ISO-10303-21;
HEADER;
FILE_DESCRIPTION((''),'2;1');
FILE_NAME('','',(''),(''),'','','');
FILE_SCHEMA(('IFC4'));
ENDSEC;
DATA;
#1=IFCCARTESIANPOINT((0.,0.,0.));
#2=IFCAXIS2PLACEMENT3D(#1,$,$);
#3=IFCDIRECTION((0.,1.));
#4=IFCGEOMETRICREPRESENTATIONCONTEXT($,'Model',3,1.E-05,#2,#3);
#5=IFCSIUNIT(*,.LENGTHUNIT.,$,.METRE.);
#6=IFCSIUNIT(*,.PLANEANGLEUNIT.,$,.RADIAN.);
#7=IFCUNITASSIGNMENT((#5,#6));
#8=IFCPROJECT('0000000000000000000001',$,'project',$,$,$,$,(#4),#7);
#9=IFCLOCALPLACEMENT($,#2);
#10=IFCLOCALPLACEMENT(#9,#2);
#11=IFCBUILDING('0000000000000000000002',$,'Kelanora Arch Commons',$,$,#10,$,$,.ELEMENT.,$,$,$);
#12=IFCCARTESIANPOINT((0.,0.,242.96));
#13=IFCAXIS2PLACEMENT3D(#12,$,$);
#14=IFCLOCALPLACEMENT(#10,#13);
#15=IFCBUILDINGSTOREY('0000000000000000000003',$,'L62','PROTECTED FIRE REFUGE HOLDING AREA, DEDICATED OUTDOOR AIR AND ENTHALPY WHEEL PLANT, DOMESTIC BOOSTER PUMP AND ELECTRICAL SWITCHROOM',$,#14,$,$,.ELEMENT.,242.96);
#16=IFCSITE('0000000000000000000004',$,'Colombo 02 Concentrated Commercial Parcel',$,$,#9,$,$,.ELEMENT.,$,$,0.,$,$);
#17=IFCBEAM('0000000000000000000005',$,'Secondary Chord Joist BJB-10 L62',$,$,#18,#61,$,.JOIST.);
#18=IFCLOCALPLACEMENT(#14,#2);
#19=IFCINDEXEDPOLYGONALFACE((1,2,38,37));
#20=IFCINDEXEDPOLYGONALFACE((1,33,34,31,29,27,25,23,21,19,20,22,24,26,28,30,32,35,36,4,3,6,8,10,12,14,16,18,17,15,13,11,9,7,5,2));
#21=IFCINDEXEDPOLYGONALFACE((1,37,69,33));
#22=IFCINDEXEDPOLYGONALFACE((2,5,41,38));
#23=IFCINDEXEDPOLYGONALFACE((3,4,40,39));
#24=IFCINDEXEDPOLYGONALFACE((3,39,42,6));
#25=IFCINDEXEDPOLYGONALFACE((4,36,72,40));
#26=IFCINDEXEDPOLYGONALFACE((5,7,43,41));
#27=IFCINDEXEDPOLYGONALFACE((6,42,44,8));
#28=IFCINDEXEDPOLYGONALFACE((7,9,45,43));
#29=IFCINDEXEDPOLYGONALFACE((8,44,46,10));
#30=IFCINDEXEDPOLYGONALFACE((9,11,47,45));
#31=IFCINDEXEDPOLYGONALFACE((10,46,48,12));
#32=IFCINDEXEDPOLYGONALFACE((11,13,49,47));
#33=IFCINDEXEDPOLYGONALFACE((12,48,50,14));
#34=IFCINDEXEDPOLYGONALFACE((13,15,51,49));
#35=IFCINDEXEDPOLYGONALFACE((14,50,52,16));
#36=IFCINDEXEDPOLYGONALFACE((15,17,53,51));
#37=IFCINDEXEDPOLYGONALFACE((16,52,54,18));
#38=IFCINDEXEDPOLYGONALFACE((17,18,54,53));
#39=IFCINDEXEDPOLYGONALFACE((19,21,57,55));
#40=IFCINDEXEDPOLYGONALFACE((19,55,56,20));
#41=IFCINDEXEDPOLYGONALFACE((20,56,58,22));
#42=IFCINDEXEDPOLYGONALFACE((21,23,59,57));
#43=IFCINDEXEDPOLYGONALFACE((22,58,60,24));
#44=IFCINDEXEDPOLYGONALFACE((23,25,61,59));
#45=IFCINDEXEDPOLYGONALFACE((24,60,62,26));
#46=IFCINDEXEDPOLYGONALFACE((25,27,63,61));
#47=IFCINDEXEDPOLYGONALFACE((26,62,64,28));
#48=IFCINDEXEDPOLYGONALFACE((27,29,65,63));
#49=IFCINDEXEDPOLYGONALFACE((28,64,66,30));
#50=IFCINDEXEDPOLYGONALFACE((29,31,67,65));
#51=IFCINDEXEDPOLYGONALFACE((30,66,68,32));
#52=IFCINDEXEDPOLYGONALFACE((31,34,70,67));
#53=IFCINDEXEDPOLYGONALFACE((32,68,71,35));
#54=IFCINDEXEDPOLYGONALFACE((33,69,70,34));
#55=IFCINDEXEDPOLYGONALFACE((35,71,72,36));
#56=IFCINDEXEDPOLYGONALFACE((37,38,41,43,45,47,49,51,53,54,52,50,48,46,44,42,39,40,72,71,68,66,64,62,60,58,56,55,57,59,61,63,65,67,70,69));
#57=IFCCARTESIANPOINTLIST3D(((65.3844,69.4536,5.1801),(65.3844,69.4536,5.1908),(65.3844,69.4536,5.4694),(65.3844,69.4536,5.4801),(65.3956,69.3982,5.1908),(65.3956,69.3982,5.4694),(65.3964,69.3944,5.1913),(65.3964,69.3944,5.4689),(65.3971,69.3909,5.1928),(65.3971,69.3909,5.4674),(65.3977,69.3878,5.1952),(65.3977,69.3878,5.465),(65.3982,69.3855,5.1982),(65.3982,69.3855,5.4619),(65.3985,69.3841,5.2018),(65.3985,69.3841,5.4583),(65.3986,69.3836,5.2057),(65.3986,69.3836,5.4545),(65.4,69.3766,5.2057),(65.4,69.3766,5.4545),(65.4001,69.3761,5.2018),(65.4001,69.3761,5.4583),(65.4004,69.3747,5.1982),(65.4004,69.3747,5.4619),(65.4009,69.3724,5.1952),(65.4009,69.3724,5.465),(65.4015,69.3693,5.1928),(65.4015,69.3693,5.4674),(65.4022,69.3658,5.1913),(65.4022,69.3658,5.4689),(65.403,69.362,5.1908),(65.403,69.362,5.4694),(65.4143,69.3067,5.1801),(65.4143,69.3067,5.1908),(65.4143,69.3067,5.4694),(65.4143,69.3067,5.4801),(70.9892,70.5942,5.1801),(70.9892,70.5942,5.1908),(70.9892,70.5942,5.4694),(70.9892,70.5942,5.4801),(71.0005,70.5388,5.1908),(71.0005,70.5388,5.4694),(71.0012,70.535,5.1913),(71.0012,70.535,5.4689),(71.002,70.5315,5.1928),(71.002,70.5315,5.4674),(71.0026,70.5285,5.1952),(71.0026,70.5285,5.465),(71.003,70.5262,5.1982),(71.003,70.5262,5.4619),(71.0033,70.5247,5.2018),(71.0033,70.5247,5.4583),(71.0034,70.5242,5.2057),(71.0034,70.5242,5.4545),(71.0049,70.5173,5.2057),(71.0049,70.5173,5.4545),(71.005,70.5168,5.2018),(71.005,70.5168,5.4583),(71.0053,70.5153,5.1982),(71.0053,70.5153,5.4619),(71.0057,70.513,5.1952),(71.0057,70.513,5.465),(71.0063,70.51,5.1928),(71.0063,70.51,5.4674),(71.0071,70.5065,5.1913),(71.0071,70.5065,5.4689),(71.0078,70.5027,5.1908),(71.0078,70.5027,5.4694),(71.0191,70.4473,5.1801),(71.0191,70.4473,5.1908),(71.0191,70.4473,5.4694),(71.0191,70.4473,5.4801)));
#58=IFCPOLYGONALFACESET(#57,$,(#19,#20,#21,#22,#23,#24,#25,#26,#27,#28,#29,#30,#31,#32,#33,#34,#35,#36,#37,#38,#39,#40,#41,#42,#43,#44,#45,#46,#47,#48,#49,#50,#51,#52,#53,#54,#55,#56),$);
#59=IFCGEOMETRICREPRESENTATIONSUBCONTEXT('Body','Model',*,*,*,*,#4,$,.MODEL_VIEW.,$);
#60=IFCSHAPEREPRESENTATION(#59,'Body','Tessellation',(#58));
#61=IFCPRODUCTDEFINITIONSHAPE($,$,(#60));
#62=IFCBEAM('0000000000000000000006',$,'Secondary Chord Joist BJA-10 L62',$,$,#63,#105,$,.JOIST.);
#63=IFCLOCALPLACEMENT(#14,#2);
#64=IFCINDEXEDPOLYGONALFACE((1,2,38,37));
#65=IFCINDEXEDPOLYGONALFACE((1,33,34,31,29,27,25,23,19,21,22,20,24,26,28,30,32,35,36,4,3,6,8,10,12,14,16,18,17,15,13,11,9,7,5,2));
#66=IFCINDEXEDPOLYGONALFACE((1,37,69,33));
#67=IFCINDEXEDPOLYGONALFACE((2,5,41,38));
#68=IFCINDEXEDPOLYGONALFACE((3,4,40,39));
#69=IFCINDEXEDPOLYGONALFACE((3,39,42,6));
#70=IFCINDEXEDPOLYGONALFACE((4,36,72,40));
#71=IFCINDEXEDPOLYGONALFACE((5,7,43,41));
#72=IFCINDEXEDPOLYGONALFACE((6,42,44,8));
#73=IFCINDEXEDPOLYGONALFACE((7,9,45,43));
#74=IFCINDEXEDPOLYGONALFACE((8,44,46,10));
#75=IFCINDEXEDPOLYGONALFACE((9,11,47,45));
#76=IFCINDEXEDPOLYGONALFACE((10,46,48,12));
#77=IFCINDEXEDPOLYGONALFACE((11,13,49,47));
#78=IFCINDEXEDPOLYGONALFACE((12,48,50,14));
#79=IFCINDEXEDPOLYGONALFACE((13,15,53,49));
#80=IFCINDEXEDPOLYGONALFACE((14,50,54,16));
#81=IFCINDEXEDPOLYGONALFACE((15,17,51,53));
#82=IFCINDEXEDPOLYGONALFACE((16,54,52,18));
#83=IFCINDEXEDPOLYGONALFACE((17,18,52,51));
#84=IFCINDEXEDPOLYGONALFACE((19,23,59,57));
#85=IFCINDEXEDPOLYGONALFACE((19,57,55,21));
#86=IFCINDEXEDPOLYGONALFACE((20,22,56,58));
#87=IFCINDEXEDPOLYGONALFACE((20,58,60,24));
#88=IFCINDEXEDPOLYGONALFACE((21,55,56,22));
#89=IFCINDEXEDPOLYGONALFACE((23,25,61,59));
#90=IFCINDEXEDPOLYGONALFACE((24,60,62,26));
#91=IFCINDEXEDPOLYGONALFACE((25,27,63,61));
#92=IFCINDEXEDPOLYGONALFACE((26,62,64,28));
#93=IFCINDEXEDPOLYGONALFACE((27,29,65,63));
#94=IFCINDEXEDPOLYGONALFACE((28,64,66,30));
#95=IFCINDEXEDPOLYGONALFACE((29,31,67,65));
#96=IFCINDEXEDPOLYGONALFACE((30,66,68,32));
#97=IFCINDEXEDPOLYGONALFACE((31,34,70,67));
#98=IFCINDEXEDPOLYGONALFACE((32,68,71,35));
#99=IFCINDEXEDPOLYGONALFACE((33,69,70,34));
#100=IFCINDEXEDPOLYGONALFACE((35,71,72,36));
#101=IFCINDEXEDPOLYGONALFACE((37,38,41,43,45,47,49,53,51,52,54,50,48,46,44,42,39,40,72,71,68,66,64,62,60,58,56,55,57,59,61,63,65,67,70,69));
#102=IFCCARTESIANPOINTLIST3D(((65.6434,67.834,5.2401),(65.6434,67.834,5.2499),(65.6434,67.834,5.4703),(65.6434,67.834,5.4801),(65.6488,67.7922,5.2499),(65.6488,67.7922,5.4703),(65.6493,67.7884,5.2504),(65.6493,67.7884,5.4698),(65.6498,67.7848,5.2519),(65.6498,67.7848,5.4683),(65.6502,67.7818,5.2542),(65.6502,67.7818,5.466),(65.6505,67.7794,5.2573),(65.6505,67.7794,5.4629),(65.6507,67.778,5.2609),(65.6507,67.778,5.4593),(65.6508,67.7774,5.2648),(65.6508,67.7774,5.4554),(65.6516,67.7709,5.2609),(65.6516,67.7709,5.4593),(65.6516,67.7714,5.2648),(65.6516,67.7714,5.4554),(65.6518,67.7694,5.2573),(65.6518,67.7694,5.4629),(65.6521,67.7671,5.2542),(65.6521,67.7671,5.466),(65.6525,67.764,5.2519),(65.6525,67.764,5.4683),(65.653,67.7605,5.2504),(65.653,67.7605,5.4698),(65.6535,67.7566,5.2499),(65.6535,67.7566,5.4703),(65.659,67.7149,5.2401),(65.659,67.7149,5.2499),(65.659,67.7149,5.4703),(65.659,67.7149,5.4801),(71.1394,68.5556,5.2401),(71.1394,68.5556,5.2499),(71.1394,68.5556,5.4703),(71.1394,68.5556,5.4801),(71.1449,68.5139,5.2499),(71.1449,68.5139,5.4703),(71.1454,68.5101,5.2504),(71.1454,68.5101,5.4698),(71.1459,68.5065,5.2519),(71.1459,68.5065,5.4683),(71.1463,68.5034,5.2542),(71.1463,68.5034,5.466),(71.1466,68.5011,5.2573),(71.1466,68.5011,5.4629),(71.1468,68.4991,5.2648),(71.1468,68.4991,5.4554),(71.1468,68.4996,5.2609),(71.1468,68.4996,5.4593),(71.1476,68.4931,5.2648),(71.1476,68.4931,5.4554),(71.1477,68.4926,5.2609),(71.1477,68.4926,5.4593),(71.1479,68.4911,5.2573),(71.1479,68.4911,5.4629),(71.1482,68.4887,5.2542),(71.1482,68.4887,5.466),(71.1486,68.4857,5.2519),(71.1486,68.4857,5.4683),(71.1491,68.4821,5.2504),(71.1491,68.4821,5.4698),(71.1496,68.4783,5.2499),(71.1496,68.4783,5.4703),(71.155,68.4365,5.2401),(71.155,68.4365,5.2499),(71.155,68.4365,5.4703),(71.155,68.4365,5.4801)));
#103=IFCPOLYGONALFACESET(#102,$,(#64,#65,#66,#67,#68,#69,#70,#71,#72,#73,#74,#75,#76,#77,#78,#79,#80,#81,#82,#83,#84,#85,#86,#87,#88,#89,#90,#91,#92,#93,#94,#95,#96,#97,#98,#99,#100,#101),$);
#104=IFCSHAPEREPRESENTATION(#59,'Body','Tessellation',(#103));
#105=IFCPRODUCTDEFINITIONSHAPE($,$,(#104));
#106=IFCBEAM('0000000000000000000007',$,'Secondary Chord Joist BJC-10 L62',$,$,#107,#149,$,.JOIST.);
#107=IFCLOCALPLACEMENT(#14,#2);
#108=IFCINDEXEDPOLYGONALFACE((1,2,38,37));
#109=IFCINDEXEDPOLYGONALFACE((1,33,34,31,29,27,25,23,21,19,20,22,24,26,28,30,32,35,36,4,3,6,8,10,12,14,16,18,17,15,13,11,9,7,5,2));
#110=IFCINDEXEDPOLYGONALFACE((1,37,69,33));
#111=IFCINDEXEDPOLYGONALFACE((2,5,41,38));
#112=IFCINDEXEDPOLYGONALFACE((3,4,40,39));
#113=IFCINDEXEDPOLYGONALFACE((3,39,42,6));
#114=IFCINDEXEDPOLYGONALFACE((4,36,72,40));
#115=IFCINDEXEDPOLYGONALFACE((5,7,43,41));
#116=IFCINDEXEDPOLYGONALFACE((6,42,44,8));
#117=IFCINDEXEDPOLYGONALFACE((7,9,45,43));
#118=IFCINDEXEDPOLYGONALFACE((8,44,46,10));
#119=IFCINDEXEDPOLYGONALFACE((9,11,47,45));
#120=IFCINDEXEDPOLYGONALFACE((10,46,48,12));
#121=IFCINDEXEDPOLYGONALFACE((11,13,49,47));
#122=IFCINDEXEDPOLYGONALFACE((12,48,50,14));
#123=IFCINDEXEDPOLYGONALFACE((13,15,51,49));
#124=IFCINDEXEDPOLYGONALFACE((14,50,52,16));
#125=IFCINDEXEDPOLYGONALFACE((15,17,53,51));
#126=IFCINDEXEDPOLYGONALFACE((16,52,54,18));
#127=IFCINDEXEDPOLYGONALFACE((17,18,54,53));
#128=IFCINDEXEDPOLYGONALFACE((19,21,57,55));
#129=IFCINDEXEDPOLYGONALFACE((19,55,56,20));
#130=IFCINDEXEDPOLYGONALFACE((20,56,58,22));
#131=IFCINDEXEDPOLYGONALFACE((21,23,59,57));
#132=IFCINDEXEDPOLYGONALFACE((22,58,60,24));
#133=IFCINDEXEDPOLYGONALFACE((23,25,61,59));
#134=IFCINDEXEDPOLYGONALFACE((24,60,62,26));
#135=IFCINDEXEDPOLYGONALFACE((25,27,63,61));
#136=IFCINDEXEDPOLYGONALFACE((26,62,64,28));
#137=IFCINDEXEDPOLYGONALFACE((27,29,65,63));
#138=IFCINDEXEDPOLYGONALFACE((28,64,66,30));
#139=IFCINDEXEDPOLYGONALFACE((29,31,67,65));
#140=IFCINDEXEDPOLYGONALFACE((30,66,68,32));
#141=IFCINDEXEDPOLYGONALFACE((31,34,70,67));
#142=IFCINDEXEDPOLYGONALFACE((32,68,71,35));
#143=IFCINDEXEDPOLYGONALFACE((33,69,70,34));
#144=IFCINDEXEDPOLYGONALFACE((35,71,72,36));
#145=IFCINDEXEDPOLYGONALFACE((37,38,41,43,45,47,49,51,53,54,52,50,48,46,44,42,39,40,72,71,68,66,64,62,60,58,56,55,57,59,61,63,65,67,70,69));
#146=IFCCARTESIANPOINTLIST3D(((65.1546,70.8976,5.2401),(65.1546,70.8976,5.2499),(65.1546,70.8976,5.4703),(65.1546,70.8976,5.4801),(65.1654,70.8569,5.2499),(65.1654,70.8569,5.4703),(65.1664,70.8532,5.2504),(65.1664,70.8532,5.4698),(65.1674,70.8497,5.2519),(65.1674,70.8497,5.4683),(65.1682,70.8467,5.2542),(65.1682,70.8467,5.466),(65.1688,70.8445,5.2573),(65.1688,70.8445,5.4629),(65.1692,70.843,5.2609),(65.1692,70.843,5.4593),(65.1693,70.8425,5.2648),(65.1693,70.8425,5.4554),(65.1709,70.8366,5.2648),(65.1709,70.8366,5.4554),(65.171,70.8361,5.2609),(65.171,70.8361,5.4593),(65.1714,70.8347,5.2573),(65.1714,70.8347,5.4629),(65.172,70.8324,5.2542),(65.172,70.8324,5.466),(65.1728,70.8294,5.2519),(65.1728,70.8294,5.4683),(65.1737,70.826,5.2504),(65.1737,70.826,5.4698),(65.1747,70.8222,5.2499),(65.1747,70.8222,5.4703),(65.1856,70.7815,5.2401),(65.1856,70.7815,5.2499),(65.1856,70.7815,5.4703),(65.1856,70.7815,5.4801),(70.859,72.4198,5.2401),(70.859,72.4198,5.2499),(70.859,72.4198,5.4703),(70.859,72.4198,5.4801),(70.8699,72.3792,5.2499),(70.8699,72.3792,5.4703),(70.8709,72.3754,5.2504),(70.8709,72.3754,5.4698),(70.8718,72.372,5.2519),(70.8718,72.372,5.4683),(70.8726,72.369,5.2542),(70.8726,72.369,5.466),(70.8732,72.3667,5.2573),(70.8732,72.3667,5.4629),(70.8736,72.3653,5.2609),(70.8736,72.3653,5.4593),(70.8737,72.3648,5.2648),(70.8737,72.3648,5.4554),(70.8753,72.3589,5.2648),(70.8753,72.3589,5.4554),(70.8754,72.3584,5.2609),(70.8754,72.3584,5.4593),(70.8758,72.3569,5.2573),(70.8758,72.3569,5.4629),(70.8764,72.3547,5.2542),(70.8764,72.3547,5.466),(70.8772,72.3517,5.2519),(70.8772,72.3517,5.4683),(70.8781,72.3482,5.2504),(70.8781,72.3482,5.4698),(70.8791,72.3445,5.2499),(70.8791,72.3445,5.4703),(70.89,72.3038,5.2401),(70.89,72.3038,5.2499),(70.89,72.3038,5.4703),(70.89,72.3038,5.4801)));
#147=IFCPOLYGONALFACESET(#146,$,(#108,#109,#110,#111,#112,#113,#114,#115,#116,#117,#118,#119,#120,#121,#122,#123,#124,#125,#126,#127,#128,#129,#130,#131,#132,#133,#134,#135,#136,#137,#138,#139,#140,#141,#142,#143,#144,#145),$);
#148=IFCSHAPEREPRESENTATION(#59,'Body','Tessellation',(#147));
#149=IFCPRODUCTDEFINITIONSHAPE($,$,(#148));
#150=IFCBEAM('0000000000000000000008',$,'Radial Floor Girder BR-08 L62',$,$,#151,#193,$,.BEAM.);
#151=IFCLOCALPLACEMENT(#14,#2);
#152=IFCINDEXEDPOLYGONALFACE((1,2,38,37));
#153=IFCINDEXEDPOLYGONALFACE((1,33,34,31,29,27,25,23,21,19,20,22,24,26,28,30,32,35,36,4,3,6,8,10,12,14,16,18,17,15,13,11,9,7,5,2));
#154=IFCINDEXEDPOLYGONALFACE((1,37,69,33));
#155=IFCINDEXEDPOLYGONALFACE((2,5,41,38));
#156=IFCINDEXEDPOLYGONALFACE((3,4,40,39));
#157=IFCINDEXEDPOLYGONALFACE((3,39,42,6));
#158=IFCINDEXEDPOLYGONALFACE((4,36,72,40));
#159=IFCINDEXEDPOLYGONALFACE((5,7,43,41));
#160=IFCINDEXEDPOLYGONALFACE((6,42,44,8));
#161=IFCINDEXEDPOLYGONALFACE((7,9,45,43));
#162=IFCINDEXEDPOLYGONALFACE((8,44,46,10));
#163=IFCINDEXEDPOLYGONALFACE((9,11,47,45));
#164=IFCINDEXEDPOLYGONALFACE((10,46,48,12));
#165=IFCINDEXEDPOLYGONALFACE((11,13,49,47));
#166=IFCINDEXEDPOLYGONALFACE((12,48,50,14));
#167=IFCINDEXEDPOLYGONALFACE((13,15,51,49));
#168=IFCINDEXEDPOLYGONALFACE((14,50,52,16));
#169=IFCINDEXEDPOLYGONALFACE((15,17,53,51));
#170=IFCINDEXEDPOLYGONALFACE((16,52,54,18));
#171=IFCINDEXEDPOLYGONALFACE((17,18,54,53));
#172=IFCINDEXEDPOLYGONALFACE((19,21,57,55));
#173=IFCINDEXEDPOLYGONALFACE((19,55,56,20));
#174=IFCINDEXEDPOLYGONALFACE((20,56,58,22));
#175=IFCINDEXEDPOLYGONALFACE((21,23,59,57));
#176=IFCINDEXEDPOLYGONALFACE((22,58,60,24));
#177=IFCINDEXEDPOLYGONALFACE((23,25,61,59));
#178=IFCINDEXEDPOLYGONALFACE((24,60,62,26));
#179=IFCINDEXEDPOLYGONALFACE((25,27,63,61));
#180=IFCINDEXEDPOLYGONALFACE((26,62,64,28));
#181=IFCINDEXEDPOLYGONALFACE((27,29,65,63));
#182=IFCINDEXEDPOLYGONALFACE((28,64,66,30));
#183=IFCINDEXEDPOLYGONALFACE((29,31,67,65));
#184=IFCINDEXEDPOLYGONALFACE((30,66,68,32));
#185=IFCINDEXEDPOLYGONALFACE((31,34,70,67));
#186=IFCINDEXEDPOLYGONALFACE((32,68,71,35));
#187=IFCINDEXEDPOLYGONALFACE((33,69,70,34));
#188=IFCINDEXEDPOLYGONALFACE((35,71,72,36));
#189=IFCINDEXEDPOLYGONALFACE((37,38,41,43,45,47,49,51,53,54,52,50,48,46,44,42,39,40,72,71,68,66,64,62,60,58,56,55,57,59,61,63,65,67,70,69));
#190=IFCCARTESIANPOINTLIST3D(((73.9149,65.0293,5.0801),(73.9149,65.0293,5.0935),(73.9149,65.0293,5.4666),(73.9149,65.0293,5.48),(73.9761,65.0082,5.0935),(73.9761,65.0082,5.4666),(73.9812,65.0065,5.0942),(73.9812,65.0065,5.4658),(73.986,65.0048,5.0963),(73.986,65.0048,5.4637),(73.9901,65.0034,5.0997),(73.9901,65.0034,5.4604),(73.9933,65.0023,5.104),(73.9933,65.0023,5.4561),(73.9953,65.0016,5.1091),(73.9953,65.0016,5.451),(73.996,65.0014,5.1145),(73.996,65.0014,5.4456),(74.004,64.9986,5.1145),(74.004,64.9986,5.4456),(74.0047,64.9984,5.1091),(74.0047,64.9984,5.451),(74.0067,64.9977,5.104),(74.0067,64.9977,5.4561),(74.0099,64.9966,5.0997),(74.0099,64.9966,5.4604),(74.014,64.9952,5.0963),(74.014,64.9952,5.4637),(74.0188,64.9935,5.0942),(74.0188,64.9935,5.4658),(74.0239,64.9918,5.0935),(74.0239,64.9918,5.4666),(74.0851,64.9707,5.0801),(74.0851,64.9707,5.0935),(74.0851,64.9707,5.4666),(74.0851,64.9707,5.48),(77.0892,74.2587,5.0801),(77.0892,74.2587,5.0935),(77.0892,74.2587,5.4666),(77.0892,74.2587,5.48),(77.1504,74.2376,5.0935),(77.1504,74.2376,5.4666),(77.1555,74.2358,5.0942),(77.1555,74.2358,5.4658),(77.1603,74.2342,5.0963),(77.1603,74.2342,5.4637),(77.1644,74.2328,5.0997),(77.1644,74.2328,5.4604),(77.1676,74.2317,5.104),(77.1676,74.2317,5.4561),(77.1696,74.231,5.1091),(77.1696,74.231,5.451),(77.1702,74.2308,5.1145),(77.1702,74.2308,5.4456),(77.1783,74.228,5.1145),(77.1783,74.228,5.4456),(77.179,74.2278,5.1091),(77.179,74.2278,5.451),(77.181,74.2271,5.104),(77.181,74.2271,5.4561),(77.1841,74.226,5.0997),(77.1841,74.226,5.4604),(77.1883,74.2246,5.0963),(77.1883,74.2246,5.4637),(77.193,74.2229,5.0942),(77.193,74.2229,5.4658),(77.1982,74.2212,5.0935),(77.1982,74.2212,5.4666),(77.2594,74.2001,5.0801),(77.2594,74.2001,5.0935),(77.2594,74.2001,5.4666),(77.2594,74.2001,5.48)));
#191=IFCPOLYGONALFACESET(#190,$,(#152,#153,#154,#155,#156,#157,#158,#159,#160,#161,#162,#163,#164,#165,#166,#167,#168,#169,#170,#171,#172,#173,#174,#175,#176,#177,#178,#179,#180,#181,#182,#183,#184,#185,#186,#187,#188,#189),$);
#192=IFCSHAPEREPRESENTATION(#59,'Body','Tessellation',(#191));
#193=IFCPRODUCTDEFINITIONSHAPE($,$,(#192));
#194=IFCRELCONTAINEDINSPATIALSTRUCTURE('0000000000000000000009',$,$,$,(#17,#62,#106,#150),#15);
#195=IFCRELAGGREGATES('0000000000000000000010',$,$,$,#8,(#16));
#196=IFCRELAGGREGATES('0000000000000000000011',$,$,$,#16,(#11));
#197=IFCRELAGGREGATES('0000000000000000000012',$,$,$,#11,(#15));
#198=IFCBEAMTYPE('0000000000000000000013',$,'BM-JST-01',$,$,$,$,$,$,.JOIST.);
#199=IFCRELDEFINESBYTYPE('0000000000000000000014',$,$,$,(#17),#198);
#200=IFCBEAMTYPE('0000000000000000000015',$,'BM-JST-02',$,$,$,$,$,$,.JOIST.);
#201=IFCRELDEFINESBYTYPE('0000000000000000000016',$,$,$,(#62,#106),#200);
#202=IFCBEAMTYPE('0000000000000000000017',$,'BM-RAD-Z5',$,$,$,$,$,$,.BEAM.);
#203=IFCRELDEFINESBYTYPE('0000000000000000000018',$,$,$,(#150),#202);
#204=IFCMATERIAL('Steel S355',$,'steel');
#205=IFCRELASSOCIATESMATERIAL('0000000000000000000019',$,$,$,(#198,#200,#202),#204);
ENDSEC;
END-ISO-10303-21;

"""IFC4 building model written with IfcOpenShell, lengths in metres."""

from ifc_helpers import new_model, si_unit, direction, frame, origin, origin_2d, place, context, subcontext, project, spatial, i_section, extrude, material, material_profile, profile_set, type_object, element, save


model = new_model("IFC4")

# Units and contexts
model_context = context("Model", 3, precision=1e-05, world=origin(), true_north=direction((0.0, 1.0)))
body_context = subcontext(model_context, "Body", "Model", "MODEL_VIEW")
ifc_project = project(units=[si_unit("LENGTHUNIT", "METRE"), si_unit("PLANEANGLEUNIT", "RADIAN")], contexts=[model_context])

# Site, building, storey
site_placement = place(None, origin())
site = spatial("IfcSite", under=ifc_project, at=site_placement, Name="Colombo 02 Concentrated Commercial Parcel", CompositionType="ELEMENT", RefElevation=0.0)
building_placement = place(site_placement, origin())
building = spatial("IfcBuilding", under=site, at=building_placement, Name="Kelanora Arch Commons", CompositionType="ELEMENT")
storey_placement = place(building_placement, frame((0.0, 0.0, 242.96)))
storey = spatial("IfcBuildingStorey", under=building, at=storey_placement, Name="L62", Description="PROTECTED FIRE REFUGE HOLDING AREA, DEDICATED OUTDOOR AIR AND ENTHALPY WHEEL PLANT, DOMESTIC BOOSTER PUMP AND ELECTRICAL SWITCHROOM", CompositionType="ELEMENT", Elevation=242.96)

# Beams
ifc_material_1 = material(Name="Steel S355", Category="steel")
ifc_material_profile_1 = material_profile(ifc_material_1, i_section(OverallWidth=0.1499, OverallDepth=0.3, WebThickness=0.0071, FlangeThickness=0.0107, FilletRadius=0.0149, at=origin_2d()), Name="IPE300")
ifc_profile_set_1 = profile_set([ifc_material_profile_1], Name="Steel S355")
beam_type_1 = type_object("IfcBeamType", Name="BM-JST-01", PredefinedType="JOIST", material=ifc_profile_set_1)
beam_1_placement = place(storey_placement, frame((71.0042, 70.5208, 5.3301), z_axis=(-0.979913, -0.199423, 0.0), x_axis=(0.199423, -0.979913, 0.0)))
element("IfcBeam", 1, at=beam_1_placement, inside=storey, type_object=beam_type_1, Name="Secondary Chord Joist BJB-10 L62", PredefinedType="JOIST", context=body_context, shape_type="SweptSolid", body=[
    extrude(i_section(OverallWidth=0.1499, OverallDepth=0.3, WebThickness=0.0071, FlangeThickness=0.0107, FilletRadius=0.0149, at=origin_2d()), origin(), (0.0, 0.0, 1.0), 5.7197),
])
ifc_material_profile_2 = material_profile(ifc_material_1, i_section(OverallWidth=0.1201, OverallDepth=0.24, WebThickness=0.0061, FlangeThickness=0.0098, FilletRadius=0.0149, at=origin_2d()), Name="IPE240")
ifc_profile_set_2 = profile_set([ifc_material_profile_2], Name="Steel S355")
beam_type_2 = type_object("IfcBeamType", Name="BM-JST-02", PredefinedType="JOIST", material=ifc_profile_set_2)
beam_2_placement = place(storey_placement, frame((71.1472, 68.4961, 5.3601), z_axis=(-0.991489, -0.13019, 0.0), x_axis=(0.13019, -0.991489, 0.0)))
element("IfcBeam", 2, at=beam_2_placement, inside=storey, type_object=beam_type_2, Name="Secondary Chord Joist BJA-10 L62", PredefinedType="JOIST", context=body_context, shape_type="SweptSolid", body=[
    extrude(i_section(OverallWidth=0.1201, OverallDepth=0.24, WebThickness=0.0061, FlangeThickness=0.0098, FilletRadius=0.0149, at=origin_2d()), origin(), (0.0, 0.0, 1.0), 5.5432),
])
beam_3_placement = place(storey_placement, frame((70.8745, 72.3618, 5.3601), z_axis=(-0.96619, -0.25783, 0.0), x_axis=(0.25783, -0.96619, 0.0)))
element("IfcBeam", 3, at=beam_3_placement, inside=storey, type_object=beam_type_2, Name="Secondary Chord Joist BJC-10 L62", PredefinedType="JOIST", context=body_context, shape_type="SweptSolid", body=[
    extrude(i_section(OverallWidth=0.1201, OverallDepth=0.24, WebThickness=0.0061, FlangeThickness=0.0098, FilletRadius=0.0149, at=origin_2d()), origin(), (0.0, 0.0, 1.0), 5.9041),
])
ifc_material_profile_3 = material_profile(ifc_material_1, i_section(OverallWidth=0.1799, OverallDepth=0.3999, WebThickness=0.0085, FlangeThickness=0.0134, FilletRadius=0.021, at=origin_2d()), Name="IPE400")
ifc_profile_set_3 = profile_set([ifc_material_profile_3], Name="Steel S355")
beam_type_3 = type_object("IfcBeamType", Name="BM-RAD-Z5", PredefinedType="BEAM", material=ifc_profile_set_3)
beam_4_placement = place(storey_placement, frame((74.0, 65.0, 5.28), z_axis=(0.325234, 0.945634, 0.0), x_axis=(-0.945634, 0.325234, 0.0)))
element("IfcBeam", 4, at=beam_4_placement, inside=storey, type_object=beam_type_3, Name="Radial Floor Girder BR-08 L62", PredefinedType="BEAM", context=body_context, shape_type="SweptSolid", body=[
    extrude(i_section(OverallWidth=0.1799, OverallDepth=0.3999, WebThickness=0.0085, FlangeThickness=0.0134, FilletRadius=0.021, at=origin_2d()), origin(), (0.0, 0.0, 1.0), 9.76),
])

save(model, "model.ifc")
